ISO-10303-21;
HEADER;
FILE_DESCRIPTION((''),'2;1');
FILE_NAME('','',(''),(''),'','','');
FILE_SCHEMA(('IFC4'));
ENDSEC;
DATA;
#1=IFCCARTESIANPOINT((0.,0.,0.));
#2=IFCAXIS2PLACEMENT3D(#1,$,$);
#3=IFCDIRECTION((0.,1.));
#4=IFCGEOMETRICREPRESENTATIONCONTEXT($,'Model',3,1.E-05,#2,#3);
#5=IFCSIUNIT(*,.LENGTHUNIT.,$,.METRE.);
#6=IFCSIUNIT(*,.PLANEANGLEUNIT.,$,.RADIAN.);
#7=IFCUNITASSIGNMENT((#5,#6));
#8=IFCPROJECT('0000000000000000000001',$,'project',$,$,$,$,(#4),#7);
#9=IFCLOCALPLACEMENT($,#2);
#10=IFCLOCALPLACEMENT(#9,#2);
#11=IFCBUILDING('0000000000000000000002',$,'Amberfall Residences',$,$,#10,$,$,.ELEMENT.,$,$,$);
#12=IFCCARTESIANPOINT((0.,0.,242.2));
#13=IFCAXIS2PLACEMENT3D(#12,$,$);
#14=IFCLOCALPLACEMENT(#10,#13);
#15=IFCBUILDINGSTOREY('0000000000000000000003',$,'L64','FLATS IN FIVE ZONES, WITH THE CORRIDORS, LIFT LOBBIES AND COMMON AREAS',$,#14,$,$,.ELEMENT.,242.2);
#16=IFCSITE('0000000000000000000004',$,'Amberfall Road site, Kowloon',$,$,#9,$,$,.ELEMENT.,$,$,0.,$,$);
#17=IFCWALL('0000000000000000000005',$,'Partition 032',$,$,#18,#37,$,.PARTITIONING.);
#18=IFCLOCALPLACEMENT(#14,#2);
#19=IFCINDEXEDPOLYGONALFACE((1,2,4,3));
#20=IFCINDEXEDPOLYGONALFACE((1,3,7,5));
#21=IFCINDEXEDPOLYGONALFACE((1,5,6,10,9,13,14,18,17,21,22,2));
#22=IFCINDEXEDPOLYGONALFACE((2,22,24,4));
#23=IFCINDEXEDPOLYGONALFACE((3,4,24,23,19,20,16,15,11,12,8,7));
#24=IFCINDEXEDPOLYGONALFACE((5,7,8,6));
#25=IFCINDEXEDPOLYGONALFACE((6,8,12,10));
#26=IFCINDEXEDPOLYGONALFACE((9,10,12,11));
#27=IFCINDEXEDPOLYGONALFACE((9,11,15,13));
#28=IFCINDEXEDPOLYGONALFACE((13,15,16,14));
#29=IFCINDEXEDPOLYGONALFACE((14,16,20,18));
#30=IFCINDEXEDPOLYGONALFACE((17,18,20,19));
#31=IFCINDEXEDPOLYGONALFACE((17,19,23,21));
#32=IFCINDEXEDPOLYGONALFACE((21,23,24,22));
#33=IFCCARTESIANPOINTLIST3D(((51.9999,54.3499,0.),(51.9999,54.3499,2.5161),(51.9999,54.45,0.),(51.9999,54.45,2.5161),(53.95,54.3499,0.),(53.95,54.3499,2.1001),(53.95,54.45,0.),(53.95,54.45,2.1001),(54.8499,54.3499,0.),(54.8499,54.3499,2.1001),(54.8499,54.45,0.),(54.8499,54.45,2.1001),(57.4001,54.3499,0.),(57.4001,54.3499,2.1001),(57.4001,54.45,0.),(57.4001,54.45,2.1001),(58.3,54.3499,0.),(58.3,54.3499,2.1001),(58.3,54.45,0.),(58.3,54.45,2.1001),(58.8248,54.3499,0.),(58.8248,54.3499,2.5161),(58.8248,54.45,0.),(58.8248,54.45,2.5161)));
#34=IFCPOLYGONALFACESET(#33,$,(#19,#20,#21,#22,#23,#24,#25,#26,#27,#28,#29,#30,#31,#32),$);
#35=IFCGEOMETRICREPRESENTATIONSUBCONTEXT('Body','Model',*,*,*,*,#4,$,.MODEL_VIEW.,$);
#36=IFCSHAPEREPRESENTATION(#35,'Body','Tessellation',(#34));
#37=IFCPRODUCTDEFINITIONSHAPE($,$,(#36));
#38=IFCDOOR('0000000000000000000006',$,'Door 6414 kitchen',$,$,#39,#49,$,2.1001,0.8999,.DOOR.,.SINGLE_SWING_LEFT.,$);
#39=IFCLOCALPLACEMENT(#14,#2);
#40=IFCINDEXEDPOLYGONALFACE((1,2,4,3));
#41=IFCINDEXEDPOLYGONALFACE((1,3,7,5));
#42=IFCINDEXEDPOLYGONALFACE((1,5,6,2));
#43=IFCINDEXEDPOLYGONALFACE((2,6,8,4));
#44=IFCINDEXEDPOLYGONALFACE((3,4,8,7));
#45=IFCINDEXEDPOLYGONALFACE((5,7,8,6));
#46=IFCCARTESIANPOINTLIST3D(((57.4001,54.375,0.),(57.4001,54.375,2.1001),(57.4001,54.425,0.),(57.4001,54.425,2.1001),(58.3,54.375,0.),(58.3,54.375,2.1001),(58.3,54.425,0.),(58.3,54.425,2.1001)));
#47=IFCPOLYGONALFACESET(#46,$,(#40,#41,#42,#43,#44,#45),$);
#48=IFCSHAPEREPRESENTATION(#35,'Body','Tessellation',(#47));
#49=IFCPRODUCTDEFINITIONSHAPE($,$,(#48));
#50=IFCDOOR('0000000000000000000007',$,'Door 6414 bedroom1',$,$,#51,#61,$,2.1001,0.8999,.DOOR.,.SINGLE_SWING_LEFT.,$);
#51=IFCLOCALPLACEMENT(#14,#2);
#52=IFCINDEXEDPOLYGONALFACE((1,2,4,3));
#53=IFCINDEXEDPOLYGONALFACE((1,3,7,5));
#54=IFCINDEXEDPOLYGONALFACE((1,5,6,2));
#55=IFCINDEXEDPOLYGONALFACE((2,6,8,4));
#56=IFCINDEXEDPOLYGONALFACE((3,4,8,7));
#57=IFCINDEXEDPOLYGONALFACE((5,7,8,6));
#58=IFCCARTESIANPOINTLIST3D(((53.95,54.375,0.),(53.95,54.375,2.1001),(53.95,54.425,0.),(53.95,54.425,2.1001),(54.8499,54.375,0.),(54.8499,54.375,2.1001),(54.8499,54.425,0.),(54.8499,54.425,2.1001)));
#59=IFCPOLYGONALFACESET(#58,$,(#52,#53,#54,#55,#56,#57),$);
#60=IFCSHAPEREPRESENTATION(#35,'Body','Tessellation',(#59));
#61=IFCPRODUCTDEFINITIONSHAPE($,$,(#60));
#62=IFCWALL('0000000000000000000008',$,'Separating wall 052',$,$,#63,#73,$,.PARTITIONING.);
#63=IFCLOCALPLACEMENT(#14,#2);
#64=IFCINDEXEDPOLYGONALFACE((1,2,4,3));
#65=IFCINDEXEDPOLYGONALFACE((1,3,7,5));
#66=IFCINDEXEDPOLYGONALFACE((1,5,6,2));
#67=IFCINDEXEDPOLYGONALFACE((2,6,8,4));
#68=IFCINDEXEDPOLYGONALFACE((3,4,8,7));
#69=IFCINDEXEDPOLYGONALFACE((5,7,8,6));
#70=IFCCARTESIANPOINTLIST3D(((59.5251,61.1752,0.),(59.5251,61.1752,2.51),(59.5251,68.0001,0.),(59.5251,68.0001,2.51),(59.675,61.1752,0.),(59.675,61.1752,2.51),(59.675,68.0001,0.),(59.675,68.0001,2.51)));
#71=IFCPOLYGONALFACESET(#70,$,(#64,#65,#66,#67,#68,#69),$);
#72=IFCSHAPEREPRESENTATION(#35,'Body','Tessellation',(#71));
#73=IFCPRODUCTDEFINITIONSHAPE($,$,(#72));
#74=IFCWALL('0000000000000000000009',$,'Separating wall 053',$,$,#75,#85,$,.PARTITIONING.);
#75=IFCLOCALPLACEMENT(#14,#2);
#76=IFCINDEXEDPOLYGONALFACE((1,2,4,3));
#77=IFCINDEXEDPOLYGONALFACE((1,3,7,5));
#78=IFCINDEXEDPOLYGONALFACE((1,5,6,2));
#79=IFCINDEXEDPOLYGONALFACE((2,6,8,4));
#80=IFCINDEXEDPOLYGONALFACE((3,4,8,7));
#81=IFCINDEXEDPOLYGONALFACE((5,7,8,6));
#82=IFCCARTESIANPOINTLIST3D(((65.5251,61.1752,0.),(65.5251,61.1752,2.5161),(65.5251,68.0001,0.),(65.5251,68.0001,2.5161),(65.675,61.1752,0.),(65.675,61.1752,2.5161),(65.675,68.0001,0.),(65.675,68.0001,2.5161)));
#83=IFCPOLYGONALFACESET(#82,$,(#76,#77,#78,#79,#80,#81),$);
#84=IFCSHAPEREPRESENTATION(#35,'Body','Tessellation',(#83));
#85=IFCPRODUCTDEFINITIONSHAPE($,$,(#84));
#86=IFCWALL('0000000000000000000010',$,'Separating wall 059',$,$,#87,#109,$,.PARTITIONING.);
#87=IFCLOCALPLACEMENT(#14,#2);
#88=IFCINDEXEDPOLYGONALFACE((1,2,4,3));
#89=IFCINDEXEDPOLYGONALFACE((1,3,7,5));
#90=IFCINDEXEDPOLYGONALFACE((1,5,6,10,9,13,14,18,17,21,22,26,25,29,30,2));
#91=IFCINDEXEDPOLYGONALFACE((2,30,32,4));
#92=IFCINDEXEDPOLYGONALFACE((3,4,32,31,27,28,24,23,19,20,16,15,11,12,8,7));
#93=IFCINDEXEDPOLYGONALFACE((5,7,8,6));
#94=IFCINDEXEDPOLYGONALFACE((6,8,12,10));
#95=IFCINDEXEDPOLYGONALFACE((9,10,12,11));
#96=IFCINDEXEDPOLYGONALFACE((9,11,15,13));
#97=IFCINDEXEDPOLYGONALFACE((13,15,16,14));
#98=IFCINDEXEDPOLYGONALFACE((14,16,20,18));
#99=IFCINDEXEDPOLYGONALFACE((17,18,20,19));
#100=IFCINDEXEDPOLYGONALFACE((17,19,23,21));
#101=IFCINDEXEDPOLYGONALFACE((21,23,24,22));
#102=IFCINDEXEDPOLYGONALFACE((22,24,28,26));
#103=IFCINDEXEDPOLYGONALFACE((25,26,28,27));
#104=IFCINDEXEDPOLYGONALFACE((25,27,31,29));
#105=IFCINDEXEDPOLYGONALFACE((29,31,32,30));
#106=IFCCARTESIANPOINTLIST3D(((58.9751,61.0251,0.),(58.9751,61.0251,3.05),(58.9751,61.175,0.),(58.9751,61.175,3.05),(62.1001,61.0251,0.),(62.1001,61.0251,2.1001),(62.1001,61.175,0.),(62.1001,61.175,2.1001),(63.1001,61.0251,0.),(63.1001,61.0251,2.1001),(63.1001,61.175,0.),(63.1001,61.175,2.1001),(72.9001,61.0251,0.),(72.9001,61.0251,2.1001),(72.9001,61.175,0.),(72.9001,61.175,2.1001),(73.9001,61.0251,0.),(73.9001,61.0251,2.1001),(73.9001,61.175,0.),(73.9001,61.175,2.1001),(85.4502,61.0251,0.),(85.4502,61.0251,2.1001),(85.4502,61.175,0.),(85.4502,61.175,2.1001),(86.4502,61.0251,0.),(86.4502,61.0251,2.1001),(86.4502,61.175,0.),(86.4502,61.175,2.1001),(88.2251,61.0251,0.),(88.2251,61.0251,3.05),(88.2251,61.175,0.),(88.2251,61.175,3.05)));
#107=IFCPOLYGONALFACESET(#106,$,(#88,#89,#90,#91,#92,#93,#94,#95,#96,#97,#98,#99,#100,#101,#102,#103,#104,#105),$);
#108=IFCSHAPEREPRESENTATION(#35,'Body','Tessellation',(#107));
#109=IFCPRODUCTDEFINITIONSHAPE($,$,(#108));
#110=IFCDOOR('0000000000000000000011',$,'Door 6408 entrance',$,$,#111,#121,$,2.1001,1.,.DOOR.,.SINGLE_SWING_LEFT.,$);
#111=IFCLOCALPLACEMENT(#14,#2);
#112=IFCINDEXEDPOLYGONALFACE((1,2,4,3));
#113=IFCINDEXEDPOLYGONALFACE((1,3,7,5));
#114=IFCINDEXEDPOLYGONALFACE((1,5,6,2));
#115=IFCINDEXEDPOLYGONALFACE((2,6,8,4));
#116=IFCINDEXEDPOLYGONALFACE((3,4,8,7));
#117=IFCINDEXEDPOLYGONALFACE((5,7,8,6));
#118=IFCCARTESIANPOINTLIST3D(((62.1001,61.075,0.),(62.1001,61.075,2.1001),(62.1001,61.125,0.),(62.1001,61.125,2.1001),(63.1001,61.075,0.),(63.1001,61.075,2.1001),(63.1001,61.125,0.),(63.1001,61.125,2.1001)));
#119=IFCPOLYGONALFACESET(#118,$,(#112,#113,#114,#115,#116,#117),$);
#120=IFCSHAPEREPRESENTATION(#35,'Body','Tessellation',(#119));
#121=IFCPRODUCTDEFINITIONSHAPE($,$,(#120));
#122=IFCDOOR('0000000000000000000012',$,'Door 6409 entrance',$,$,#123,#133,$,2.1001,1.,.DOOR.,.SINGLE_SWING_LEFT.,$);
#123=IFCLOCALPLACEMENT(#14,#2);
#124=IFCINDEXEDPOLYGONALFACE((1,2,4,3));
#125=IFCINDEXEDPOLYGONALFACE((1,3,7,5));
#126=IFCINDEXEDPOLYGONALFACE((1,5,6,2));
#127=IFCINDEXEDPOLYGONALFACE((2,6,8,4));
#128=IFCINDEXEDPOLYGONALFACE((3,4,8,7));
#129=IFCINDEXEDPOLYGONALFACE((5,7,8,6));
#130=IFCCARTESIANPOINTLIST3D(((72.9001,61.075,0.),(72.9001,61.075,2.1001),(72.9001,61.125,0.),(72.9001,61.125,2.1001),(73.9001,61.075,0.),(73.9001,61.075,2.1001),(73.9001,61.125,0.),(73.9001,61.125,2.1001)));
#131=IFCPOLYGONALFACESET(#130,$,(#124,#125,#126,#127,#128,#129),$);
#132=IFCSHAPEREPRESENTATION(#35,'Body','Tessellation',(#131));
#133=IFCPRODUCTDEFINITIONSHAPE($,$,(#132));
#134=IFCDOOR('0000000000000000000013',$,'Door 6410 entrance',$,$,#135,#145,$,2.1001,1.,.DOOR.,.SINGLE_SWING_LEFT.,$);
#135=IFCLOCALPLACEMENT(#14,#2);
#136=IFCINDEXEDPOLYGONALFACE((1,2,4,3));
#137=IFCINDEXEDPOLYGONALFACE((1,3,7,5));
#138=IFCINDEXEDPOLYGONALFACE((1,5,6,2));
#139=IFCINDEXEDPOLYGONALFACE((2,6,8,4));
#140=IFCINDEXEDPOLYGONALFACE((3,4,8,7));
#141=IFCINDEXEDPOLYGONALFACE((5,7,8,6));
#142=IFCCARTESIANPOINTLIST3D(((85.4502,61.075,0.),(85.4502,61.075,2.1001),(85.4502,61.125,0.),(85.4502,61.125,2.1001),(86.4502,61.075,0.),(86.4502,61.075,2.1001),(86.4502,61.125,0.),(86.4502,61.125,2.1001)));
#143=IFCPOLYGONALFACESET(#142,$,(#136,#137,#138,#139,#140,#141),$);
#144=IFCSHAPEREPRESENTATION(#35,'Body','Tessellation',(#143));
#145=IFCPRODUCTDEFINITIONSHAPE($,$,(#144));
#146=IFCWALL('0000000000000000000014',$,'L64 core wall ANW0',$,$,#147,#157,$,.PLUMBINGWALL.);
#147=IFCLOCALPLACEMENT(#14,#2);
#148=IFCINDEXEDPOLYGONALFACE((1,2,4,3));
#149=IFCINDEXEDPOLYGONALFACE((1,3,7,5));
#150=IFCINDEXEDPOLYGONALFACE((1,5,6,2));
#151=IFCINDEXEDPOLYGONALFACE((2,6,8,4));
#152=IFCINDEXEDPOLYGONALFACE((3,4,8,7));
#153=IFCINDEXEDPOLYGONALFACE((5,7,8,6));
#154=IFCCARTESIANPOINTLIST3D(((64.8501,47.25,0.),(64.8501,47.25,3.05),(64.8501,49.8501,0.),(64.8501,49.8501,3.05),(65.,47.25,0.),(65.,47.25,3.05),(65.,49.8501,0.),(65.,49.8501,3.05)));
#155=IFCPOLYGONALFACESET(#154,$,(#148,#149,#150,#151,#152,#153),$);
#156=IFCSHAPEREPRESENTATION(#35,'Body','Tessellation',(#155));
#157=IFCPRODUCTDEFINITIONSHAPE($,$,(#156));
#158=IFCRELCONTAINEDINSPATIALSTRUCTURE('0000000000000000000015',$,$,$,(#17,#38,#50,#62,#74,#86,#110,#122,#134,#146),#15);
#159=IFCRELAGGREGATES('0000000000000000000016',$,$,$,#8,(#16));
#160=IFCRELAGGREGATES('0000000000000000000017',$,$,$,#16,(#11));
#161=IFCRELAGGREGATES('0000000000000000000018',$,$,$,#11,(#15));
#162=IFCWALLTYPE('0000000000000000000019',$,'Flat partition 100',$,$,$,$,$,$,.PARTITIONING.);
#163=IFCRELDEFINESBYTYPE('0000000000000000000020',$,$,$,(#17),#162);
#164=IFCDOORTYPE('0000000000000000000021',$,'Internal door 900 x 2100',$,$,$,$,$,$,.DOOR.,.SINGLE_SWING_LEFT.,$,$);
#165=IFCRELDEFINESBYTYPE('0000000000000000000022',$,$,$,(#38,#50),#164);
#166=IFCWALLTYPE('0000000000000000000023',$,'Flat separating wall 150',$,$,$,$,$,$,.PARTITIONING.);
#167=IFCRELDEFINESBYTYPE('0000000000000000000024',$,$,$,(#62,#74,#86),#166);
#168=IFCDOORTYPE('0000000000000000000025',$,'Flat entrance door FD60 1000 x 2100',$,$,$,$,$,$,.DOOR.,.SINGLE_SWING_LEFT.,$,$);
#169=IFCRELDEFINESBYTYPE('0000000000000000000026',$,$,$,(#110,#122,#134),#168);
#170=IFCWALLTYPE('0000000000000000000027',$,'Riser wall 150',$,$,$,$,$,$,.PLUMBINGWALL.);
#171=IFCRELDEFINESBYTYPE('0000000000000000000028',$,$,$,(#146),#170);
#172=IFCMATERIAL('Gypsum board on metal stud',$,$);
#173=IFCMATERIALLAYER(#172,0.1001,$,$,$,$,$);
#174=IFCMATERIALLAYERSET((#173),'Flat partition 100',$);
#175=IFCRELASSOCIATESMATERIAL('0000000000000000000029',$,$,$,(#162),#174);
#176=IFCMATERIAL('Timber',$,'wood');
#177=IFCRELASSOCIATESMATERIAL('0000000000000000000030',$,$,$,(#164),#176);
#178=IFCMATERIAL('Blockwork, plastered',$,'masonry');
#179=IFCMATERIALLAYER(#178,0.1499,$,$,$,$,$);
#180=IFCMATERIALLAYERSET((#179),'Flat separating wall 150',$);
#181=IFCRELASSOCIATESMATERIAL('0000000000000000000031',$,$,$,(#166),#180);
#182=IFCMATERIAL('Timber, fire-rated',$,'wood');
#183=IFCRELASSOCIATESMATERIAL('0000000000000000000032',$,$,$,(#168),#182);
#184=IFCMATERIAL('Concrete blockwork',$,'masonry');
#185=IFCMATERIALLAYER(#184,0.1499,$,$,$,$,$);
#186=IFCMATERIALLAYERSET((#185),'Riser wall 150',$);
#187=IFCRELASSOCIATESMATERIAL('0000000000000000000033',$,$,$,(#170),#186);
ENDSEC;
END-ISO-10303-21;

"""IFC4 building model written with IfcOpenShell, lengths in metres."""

from ifc_helpers import new_model, si_unit, direction, frame, frame_2d, origin, place, context, subcontext, project, spatial, rectangle, extrude, material, layer, layer_set, type_object, element, fill, save


model = new_model("IFC4")

# Units and contexts
model_context = context("Model", 3, precision=1e-05, world=origin(), true_north=direction((0.0, 1.0)))
body_context = subcontext(model_context, "Body", "Model", "MODEL_VIEW")
ifc_project = project(units=[si_unit("LENGTHUNIT", "METRE"), si_unit("PLANEANGLEUNIT", "RADIAN")], contexts=[model_context])

# Site, building, storey
site_placement = place(None, origin())
site = spatial("IfcSite", under=ifc_project, at=site_placement, Name="Amberfall Road site, Kowloon", CompositionType="ELEMENT", RefElevation=0.0)
building_placement = place(site_placement, origin())
building = spatial("IfcBuilding", under=site, at=building_placement, Name="Amberfall Residences", CompositionType="ELEMENT")
storey_placement = place(building_placement, frame((0.0, 0.0, 242.2)))
storey = spatial("IfcBuildingStorey", under=building, at=storey_placement, Name="L64", Description="FLATS IN FIVE ZONES, WITH THE CORRIDORS, LIFT LOBBIES AND COMMON AREAS", CompositionType="ELEMENT", Elevation=242.2)

# Shared definitions
ifc_material_1 = material(Name="Gypsum board on metal stud")
ifc_layer_1 = layer(ifc_material_1, 0.1001)
ifc_layer_set_1 = layer_set([ifc_layer_1], Name="Flat partition 100")
wall_type_1 = type_object("IfcWallType", Name="Flat partition 100", PredefinedType="PARTITIONING", material=ifc_layer_set_1)
ifc_material_2 = material(Name="Timber", Category="wood")
door_type_1 = type_object("IfcDoorType", Name="Internal door 900 x 2100", OperationType="SINGLE_SWING_LEFT", PredefinedType="DOOR", material=ifc_material_2)

# Wall, openings, doors
wall_1_placement = place(storey_placement, frame((58.825, 54.3999, 0.0), z_axis=(0.0, 0.0, 1.0), x_axis=(-1.0, 0.0, 0.0)))
wall_1 = element("IfcWall", 1, at=wall_1_placement, inside=storey, type_object=wall_type_1, Name="Partition 032", PredefinedType="PARTITIONING", context=body_context, shape_type="SweptSolid", body=[
    extrude(rectangle(XDim=6.825, YDim=0.1001, at=frame_2d((3.4126, 0.0))), origin(), (0.0, 0.0, 1.0), 2.5161),
])
opening_1_placement = place(wall_1_placement, frame((0.5249, 0.0, 0.0)))
opening_1 = element("IfcOpeningElement", 2, at=opening_1_placement, cuts=wall_1, PredefinedType="OPENING", context=body_context, shape_type="SweptSolid", body=[
    extrude(rectangle(XDim=0.8999, YDim=2.1001, at=frame_2d((0.45, 1.05))), frame((0.0, 0.0601, 0.0), z_axis=(0.0, -1.0, 0.0), x_axis=(1.0, 0.0, 0.0)), (0.0, 0.0, 1.0), 0.1201),
])
opening_2_placement = place(wall_1_placement, frame((3.9751, 0.0, 0.0)))
opening_2 = element("IfcOpeningElement", 3, at=opening_2_placement, cuts=wall_1, PredefinedType="OPENING", context=body_context, shape_type="SweptSolid", body=[
    extrude(rectangle(XDim=0.8999, YDim=2.1001, at=frame_2d((0.45, 1.05))), frame((0.0, 0.0601, 0.0), z_axis=(0.0, -1.0, 0.0), x_axis=(1.0, 0.0, 0.0)), (0.0, 0.0, 1.0), 0.1201),
])
door_1_placement = place(opening_1_placement, origin())
door_1 = element("IfcDoor", 4, at=door_1_placement, inside=storey, type_object=door_type_1, Name="Door 6414 kitchen", OperationType="SINGLE_SWING_LEFT", OverallHeight=2.1001, OverallWidth=0.8999, PredefinedType="DOOR", context=body_context, shape_type="SweptSolid", body=[
    extrude(rectangle(XDim=0.8999, YDim=2.1001, at=frame_2d((0.45, 1.05))), frame((0.0, 0.0249, 0.0), z_axis=(0.0, -1.0, 0.0), x_axis=(1.0, 0.0, 0.0)), (0.0, 0.0, 1.0), 0.05),
])
fill(opening_1, door_1)
door_2_placement = place(opening_2_placement, origin())
door_2 = element("IfcDoor", 5, at=door_2_placement, inside=storey, type_object=door_type_1, Name="Door 6414 bedroom1", OperationType="SINGLE_SWING_LEFT", OverallHeight=2.1001, OverallWidth=0.8999, PredefinedType="DOOR", context=body_context, shape_type="SweptSolid", body=[
    extrude(rectangle(XDim=0.8999, YDim=2.1001, at=frame_2d((0.45, 1.05))), frame((0.0, 0.0249, 0.0), z_axis=(0.0, -1.0, 0.0), x_axis=(1.0, 0.0, 0.0)), (0.0, 0.0, 1.0), 0.05),
])
fill(opening_2, door_2)

# Walls
ifc_material_3 = material(Name="Blockwork, plastered", Category="masonry")
ifc_layer_2 = layer(ifc_material_3, 0.1499)
ifc_layer_set_2 = layer_set([ifc_layer_2], Name="Flat separating wall 150")
wall_type_2 = type_object("IfcWallType", Name="Flat separating wall 150", PredefinedType="PARTITIONING", material=ifc_layer_set_2)
wall_2_placement = place(storey_placement, frame((59.6001, 61.175, 0.0), z_axis=(0.0, 0.0, 1.0), x_axis=(0.0, 1.0, 0.0)))
element("IfcWall", 6, at=wall_2_placement, inside=storey, type_object=wall_type_2, Name="Separating wall 052", PredefinedType="PARTITIONING", context=body_context, shape_type="SweptSolid", body=[
    extrude(rectangle(XDim=6.825, YDim=0.1499, at=frame_2d((3.4126, 0.0))), origin(), (0.0, 0.0, 1.0), 2.51),
])
wall_3_placement = place(storey_placement, frame((65.6001, 61.175, 0.0), z_axis=(0.0, 0.0, 1.0), x_axis=(0.0, 1.0, 0.0)))
element("IfcWall", 7, at=wall_3_placement, inside=storey, type_object=wall_type_2, Name="Separating wall 053", PredefinedType="PARTITIONING", context=body_context, shape_type="SweptSolid", body=[
    extrude(rectangle(XDim=6.825, YDim=0.1499, at=frame_2d((3.4126, 0.0))), origin(), (0.0, 0.0, 1.0), 2.5161),
])

# Wall, openings, doors
wall_4_placement = place(storey_placement, frame((58.9751, 61.1001, 0.0), z_axis=(0.0, 0.0, 1.0), x_axis=(1.0, 0.0, 0.0)))
wall_4 = element("IfcWall", 8, at=wall_4_placement, inside=storey, type_object=wall_type_2, Name="Separating wall 059", PredefinedType="PARTITIONING", context=body_context, shape_type="SweptSolid", body=[
    extrude(rectangle(XDim=29.25, YDim=0.1499, at=frame_2d((14.625, 0.0))), origin(), (0.0, 0.0, 1.0), 3.05),
])
opening_3_placement = place(wall_4_placement, frame((3.125, 0.0, 0.0)))
opening_3 = element("IfcOpeningElement", 9, at=opening_3_placement, cuts=wall_4, PredefinedType="OPENING", context=body_context, shape_type="SweptSolid", body=[
    extrude(rectangle(XDim=1.0, YDim=2.1001, at=frame_2d((0.5, 1.05))), frame((0.0, 0.085, 0.0), z_axis=(0.0, -1.0, 0.0), x_axis=(1.0, 0.0, 0.0)), (0.0, 0.0, 1.0), 0.1699),
])
opening_4_placement = place(wall_4_placement, frame((13.925, 0.0, 0.0)))
opening_4 = element("IfcOpeningElement", 10, at=opening_4_placement, cuts=wall_4, PredefinedType="OPENING", context=body_context, shape_type="SweptSolid", body=[
    extrude(rectangle(XDim=1.0, YDim=2.1001, at=frame_2d((0.5, 1.05))), frame((0.0, 0.085, 0.0), z_axis=(0.0, -1.0, 0.0), x_axis=(1.0, 0.0, 0.0)), (0.0, 0.0, 1.0), 0.1699),
])
opening_5_placement = place(wall_4_placement, frame((26.4751, 0.0, 0.0)))
opening_5 = element("IfcOpeningElement", 11, at=opening_5_placement, cuts=wall_4, PredefinedType="OPENING", context=body_context, shape_type="SweptSolid", body=[
    extrude(rectangle(XDim=1.0, YDim=2.1001, at=frame_2d((0.5, 1.05))), frame((0.0, 0.085, 0.0), z_axis=(0.0, -1.0, 0.0), x_axis=(1.0, 0.0, 0.0)), (0.0, 0.0, 1.0), 0.1699),
])
ifc_material_4 = material(Name="Timber, fire-rated", Category="wood")
door_type_2 = type_object("IfcDoorType", Name="Flat entrance door FD60 1000 x 2100", OperationType="SINGLE_SWING_LEFT", PredefinedType="DOOR", material=ifc_material_4)
door_3_placement = place(opening_3_placement, origin())
door_3 = element("IfcDoor", 12, at=door_3_placement, inside=storey, type_object=door_type_2, Name="Door 6408 entrance", OperationType="SINGLE_SWING_LEFT", OverallHeight=2.1001, OverallWidth=1.0, PredefinedType="DOOR", context=body_context, shape_type="SweptSolid", body=[
    extrude(rectangle(XDim=1.0, YDim=2.1001, at=frame_2d((0.5, 1.05))), frame((0.0, 0.0249, 0.0), z_axis=(0.0, -1.0, 0.0), x_axis=(1.0, 0.0, 0.0)), (0.0, 0.0, 1.0), 0.05),
])
fill(opening_3, door_3)
door_4_placement = place(opening_4_placement, origin())
door_4 = element("IfcDoor", 13, at=door_4_placement, inside=storey, type_object=door_type_2, Name="Door 6409 entrance", OperationType="SINGLE_SWING_LEFT", OverallHeight=2.1001, OverallWidth=1.0, PredefinedType="DOOR", context=body_context, shape_type="SweptSolid", body=[
    extrude(rectangle(XDim=1.0, YDim=2.1001, at=frame_2d((0.5, 1.05))), frame((0.0, 0.0249, 0.0), z_axis=(0.0, -1.0, 0.0), x_axis=(1.0, 0.0, 0.0)), (0.0, 0.0, 1.0), 0.05),
])
fill(opening_4, door_4)
door_5_placement = place(opening_5_placement, origin())
door_5 = element("IfcDoor", 14, at=door_5_placement, inside=storey, type_object=door_type_2, Name="Door 6410 entrance", OperationType="SINGLE_SWING_LEFT", OverallHeight=2.1001, OverallWidth=1.0, PredefinedType="DOOR", context=body_context, shape_type="SweptSolid", body=[
    extrude(rectangle(XDim=1.0, YDim=2.1001, at=frame_2d((0.5, 1.05))), frame((0.0, 0.0249, 0.0), z_axis=(0.0, -1.0, 0.0), x_axis=(1.0, 0.0, 0.0)), (0.0, 0.0, 1.0), 0.05),
])
fill(opening_5, door_5)

# Wall
ifc_material_5 = material(Name="Concrete blockwork", Category="masonry")
ifc_layer_3 = layer(ifc_material_5, 0.1499)
ifc_layer_set_3 = layer_set([ifc_layer_3], Name="Riser wall 150")
wall_type_3 = type_object("IfcWallType", Name="Riser wall 150", PredefinedType="PLUMBINGWALL", material=ifc_layer_set_3)
wall_5_placement = place(storey_placement, frame((64.925, 47.25, 0.0), z_axis=(0.0, 0.0, 1.0), x_axis=(0.0, 1.0, 0.0)))
element("IfcWall", 15, at=wall_5_placement, inside=storey, type_object=wall_type_3, Name="L64 core wall ANW0", PredefinedType="PLUMBINGWALL", context=body_context, shape_type="SweptSolid", body=[
    extrude(rectangle(XDim=2.6001, YDim=0.1499, at=frame_2d((1.3, 0.0))), origin(), (0.0, 0.0, 1.0), 3.05),
])

save(model, "model.ifc")
